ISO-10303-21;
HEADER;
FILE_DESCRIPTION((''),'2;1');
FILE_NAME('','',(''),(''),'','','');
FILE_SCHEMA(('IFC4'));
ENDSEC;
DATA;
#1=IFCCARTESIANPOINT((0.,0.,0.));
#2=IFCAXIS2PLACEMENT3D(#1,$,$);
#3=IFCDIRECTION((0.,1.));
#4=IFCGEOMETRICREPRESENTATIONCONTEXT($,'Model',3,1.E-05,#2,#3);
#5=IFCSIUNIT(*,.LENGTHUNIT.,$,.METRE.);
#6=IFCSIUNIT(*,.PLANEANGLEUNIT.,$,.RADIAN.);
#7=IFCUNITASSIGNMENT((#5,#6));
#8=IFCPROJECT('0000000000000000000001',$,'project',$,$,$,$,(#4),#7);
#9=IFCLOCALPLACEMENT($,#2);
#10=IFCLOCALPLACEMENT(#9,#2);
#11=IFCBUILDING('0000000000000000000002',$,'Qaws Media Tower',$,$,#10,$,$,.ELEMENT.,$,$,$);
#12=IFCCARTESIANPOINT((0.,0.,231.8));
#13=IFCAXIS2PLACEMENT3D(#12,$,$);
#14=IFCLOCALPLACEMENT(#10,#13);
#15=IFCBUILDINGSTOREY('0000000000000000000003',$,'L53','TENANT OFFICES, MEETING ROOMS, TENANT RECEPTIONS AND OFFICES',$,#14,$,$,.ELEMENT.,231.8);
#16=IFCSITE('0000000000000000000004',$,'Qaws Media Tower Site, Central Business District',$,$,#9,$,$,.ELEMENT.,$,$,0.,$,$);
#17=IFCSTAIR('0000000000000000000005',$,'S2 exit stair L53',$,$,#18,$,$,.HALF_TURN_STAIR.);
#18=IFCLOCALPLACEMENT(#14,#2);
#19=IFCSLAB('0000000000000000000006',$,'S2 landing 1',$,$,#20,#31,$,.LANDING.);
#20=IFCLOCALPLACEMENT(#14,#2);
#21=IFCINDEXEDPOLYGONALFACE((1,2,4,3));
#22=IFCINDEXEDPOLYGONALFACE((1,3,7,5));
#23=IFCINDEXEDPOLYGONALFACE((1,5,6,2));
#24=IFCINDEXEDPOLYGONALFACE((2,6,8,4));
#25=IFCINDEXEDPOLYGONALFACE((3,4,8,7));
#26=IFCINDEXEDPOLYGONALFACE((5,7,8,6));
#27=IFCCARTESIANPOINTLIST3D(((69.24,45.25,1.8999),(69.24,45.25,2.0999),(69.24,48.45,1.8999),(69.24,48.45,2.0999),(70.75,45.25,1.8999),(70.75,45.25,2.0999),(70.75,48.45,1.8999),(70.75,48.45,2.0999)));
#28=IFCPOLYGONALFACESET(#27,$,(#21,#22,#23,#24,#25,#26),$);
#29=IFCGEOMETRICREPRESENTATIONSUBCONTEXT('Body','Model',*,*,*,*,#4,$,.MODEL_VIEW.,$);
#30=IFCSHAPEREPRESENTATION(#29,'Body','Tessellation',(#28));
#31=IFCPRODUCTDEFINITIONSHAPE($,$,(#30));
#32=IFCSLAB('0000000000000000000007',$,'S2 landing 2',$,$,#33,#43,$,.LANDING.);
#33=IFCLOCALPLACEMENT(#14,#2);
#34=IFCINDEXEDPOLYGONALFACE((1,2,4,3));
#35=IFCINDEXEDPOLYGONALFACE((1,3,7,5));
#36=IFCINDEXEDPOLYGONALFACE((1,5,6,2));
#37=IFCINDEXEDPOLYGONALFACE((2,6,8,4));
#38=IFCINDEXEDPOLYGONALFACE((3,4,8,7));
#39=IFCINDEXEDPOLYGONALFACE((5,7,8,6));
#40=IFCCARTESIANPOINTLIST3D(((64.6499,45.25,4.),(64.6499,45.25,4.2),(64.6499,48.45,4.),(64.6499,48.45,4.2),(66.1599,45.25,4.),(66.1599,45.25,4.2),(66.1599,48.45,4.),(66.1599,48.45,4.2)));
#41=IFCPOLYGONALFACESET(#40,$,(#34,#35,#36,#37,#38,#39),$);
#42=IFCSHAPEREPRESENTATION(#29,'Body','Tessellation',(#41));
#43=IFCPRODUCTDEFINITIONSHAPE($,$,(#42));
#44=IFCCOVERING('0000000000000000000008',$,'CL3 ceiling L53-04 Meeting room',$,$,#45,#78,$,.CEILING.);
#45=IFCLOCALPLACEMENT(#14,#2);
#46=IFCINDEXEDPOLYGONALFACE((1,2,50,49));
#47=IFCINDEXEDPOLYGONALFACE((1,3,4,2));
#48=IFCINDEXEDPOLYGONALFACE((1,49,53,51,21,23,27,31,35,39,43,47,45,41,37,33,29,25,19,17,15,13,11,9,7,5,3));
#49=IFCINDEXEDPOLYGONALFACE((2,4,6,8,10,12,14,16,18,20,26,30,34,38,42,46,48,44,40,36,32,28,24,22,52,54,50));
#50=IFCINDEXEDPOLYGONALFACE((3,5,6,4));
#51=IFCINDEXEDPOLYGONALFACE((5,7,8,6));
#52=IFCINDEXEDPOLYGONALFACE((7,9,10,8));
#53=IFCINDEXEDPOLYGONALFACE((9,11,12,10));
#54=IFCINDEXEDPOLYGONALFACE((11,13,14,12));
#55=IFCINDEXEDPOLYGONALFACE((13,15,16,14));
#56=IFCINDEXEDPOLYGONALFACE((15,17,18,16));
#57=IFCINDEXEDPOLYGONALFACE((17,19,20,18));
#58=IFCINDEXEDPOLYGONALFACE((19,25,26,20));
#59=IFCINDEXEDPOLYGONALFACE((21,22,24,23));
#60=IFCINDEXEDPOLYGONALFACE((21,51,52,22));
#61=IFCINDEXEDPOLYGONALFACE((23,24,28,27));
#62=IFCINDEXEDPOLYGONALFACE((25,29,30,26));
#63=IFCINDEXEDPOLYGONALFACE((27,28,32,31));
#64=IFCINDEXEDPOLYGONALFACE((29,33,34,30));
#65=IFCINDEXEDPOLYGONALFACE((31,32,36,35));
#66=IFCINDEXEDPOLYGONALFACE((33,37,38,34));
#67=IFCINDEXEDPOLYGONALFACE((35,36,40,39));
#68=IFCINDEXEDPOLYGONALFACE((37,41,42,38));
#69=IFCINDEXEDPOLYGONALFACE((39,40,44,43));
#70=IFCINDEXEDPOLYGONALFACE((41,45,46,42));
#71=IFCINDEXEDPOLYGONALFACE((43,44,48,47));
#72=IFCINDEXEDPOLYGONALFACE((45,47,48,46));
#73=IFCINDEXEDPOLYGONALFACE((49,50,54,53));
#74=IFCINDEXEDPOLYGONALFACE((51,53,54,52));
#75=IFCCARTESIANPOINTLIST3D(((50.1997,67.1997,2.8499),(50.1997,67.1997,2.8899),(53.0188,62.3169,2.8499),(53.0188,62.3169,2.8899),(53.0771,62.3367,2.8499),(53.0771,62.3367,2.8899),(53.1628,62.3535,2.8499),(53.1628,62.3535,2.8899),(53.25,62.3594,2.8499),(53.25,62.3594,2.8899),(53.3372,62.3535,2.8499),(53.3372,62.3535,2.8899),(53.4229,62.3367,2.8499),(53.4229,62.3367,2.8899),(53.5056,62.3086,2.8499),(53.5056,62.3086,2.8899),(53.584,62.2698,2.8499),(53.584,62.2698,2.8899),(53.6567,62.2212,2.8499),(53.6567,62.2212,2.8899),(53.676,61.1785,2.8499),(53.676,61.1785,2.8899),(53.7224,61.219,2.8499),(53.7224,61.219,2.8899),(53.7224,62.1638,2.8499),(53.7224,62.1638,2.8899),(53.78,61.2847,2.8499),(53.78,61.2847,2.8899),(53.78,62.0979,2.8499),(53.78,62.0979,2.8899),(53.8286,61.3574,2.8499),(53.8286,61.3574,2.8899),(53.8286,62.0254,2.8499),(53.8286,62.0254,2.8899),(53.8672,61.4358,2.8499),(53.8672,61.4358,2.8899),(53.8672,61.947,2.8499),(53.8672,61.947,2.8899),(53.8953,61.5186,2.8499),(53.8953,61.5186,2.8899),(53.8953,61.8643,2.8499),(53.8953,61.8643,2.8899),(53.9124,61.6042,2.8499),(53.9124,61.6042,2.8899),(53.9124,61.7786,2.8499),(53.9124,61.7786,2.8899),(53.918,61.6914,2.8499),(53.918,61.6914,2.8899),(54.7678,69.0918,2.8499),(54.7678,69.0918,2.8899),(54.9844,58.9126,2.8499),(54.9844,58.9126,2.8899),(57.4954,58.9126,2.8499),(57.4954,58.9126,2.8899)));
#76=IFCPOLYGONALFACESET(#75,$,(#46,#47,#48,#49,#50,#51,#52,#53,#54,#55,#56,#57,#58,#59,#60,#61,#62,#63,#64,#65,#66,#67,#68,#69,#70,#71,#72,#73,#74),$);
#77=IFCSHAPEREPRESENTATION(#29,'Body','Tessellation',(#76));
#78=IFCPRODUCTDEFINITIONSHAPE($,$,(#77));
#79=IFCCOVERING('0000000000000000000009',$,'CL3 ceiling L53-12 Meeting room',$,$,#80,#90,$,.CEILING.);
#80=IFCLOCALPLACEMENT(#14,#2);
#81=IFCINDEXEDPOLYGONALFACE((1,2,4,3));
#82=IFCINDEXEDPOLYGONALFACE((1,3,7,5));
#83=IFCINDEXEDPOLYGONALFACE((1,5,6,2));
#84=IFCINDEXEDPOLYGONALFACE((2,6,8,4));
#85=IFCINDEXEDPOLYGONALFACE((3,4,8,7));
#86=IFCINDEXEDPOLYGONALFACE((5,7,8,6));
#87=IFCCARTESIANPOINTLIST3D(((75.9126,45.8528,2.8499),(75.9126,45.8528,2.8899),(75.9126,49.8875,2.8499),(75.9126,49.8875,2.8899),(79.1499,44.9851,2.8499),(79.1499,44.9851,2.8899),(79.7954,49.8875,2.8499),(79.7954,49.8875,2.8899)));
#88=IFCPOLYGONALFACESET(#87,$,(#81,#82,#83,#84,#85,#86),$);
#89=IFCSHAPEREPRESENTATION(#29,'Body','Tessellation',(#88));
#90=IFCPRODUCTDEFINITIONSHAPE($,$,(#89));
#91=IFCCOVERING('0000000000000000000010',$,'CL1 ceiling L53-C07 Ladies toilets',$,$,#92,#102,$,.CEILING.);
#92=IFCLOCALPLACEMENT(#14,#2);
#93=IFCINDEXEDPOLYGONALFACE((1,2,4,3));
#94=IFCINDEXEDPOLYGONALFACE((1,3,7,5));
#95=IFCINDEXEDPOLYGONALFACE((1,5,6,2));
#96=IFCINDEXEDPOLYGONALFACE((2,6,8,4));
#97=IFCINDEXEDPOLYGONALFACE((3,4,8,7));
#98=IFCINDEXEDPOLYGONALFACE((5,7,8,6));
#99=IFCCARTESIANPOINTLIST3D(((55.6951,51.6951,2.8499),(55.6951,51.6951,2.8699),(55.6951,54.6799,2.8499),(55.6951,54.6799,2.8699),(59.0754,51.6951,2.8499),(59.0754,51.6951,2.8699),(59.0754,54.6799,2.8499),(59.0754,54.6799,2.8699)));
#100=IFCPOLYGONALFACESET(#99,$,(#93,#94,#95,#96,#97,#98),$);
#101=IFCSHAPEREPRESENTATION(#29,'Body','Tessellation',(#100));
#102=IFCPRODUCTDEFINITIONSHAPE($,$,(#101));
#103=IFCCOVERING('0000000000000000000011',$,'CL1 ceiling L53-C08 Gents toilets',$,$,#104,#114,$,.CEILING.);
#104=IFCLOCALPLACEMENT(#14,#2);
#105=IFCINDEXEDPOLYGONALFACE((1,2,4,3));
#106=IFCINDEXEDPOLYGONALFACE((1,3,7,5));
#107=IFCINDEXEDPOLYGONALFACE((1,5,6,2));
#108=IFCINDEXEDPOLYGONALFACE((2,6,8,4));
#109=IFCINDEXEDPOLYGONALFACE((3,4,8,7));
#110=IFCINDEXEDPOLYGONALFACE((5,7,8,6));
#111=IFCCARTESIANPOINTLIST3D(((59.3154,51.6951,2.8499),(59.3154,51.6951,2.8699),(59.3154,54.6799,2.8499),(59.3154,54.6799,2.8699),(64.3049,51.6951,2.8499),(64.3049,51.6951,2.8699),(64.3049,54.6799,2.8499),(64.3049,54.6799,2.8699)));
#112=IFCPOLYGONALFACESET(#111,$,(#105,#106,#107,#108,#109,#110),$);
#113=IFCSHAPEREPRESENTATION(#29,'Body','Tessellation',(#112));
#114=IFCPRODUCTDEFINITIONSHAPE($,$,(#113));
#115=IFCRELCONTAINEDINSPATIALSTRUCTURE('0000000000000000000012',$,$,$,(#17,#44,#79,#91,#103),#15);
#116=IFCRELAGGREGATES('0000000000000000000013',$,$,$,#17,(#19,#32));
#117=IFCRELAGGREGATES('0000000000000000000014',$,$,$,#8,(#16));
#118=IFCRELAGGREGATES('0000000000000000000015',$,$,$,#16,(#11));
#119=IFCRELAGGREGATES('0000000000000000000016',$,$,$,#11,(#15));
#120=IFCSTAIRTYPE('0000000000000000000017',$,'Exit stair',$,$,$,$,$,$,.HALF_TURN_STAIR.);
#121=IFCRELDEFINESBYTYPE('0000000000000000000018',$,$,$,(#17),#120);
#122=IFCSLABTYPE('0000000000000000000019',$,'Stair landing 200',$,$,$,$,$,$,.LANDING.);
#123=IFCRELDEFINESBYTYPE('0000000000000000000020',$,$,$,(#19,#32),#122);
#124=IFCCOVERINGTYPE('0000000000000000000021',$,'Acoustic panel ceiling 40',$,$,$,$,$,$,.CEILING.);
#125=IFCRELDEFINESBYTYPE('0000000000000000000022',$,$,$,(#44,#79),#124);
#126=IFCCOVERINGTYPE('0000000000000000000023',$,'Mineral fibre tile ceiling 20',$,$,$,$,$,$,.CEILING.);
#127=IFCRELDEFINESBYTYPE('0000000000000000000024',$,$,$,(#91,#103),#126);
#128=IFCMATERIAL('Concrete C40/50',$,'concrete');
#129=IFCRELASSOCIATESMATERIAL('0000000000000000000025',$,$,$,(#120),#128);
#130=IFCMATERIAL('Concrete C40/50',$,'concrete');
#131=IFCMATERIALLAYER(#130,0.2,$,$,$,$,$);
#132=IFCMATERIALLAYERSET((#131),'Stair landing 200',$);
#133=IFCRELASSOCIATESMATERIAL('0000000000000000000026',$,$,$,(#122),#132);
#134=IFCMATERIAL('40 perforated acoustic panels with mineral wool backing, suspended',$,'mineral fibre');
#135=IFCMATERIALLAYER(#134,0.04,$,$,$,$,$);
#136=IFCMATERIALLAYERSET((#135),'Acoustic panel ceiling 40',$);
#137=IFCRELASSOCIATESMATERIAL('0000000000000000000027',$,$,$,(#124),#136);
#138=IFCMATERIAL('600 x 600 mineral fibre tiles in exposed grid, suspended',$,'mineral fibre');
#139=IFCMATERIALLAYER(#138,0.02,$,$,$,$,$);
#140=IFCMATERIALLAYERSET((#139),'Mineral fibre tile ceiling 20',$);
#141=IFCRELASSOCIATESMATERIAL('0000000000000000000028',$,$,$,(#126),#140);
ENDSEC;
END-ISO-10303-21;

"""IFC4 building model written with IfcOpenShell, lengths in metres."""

from ifc_helpers import new_model, si_unit, direction, frame, origin, place, context, subcontext, project, spatial, polyline, outline, extrude, material, layer, layer_set, type_object, element, aggregate, save


model = new_model("IFC4")

# Units and contexts
model_context = context("Model", 3, precision=1e-05, world=origin(), true_north=direction((0.0, 1.0)))
body_context = subcontext(model_context, "Body", "Model", "MODEL_VIEW")
ifc_project = project(units=[si_unit("LENGTHUNIT", "METRE"), si_unit("PLANEANGLEUNIT", "RADIAN")], contexts=[model_context])

# Site, building, storey
site_placement = place(None, origin())
site = spatial("IfcSite", under=ifc_project, at=site_placement, Name="Qaws Media Tower Site, Central Business District", CompositionType="ELEMENT", RefElevation=0.0)
building_placement = place(site_placement, origin())
building = spatial("IfcBuilding", under=site, at=building_placement, Name="Qaws Media Tower", CompositionType="ELEMENT")
storey_placement = place(building_placement, frame((0.0, 0.0, 231.8)))
storey = spatial("IfcBuildingStorey", under=building, at=storey_placement, Name="L53", Description="TENANT OFFICES, MEETING ROOMS, TENANT RECEPTIONS AND OFFICES", CompositionType="ELEMENT", Elevation=231.8)

# Stair, slabs
ifc_material_1 = material(Name="Concrete C40/50", Category="concrete")
stair_type = type_object("IfcStairType", Name="Exit stair", PredefinedType="HALF_TURN_STAIR", material=ifc_material_1)
ifc_material_2 = material(Name="Concrete C40/50", Category="concrete")
ifc_layer_1 = layer(ifc_material_2, 0.2)
ifc_layer_set_1 = layer_set([ifc_layer_1], Name="Stair landing 200")
slab_type = type_object("IfcSlabType", Name="Stair landing 200", PredefinedType="LANDING", material=ifc_layer_set_1)
stair_1_placement = place(storey_placement, origin())
stair_1 = element("IfcStair", 1, at=stair_1_placement, inside=storey, type_object=stair_type, Name="S2 exit stair L53", PredefinedType="HALF_TURN_STAIR")
slab_1_placement = place(storey_placement, frame((0.0, 0.0, 1.8999)))
slab_1 = element("IfcSlab", 2, at=slab_1_placement, type_object=slab_type, Name="S2 landing 1", PredefinedType="LANDING", context=body_context, shape_type="SweptSolid", body=[
    extrude(outline(polyline([(69.24, 45.25), (70.75, 45.25), (70.75, 48.45), (69.24, 48.45), (69.24, 45.25)])), origin(), (0.0, 0.0, 1.0), 0.2),
])
slab_2_placement = place(storey_placement, frame((0.0, 0.0, 4.0)))
slab_2 = element("IfcSlab", 3, at=slab_2_placement, type_object=slab_type, Name="S2 landing 2", PredefinedType="LANDING", context=body_context, shape_type="SweptSolid", body=[
    extrude(outline(polyline([(64.6499, 45.25), (66.1599, 45.25), (66.1599, 48.45), (64.6499, 48.45), (64.6499, 45.25)])), origin(), (0.0, 0.0, 1.0), 0.2),
])
aggregate(stair_1, [slab_1, slab_2])

# Coverings
ifc_material_3 = material(Name="40 perforated acoustic panels with mineral wool backing, suspended", Category="mineral fibre")
ifc_layer_2 = layer(ifc_material_3, 0.04)
ifc_layer_set_2 = layer_set([ifc_layer_2], Name="Acoustic panel ceiling 40")
covering_type_1 = type_object("IfcCoveringType", Name="Acoustic panel ceiling 40", PredefinedType="CEILING", material=ifc_layer_set_2)
covering_1_placement = place(storey_placement, frame((0.0, 0.0, 2.8499)))
element("IfcCovering", 4, at=covering_1_placement, inside=storey, type_object=covering_type_1, Name="CL3 ceiling L53-04 Meeting room", PredefinedType="CEILING", context=body_context, shape_type="SweptSolid", body=[
    extrude(outline(polyline([(54.7678, 69.0918), (57.4954, 58.9126), (54.9844, 58.9126), (53.676, 61.1785), (53.7224, 61.219), (53.78, 61.2847), (53.8286, 61.3574), (53.8672, 61.4358), (53.8953, 61.5186), (53.9124, 61.6042), (53.918, 61.6914), (53.9124, 61.7786), (53.8953, 61.8643), (53.8672, 61.947), (53.8286, 62.0254), (53.78, 62.0979), (53.7224, 62.1638), (53.6567, 62.2212), (53.584, 62.2698), (53.5056, 62.3086), (53.4229, 62.3367), (53.3372, 62.3535), (53.25, 62.3594), (53.1628, 62.3535), (53.0771, 62.3367), (53.0188, 62.3169), (50.1997, 67.1997), (54.7678, 69.0918)])), origin(), (0.0, 0.0, 1.0), 0.04),
])
covering_2_placement = place(storey_placement, frame((0.0, 0.0, 2.8499)))
element("IfcCovering", 5, at=covering_2_placement, inside=storey, type_object=covering_type_1, Name="CL3 ceiling L53-12 Meeting room", PredefinedType="CEILING", context=body_context, shape_type="SweptSolid", body=[
    extrude(outline(polyline([(79.1499, 44.9851), (75.9126, 45.8528), (75.9126, 49.8875), (79.7954, 49.8875), (79.1499, 44.9851)])), origin(), (0.0, 0.0, 1.0), 0.04),
])
ifc_material_4 = material(Name="600 x 600 mineral fibre tiles in exposed grid, suspended", Category="mineral fibre")
ifc_layer_3 = layer(ifc_material_4, 0.02)
ifc_layer_set_3 = layer_set([ifc_layer_3], Name="Mineral fibre tile ceiling 20")
covering_type_2 = type_object("IfcCoveringType", Name="Mineral fibre tile ceiling 20", PredefinedType="CEILING", material=ifc_layer_set_3)
covering_3_placement = place(storey_placement, frame((0.0, 0.0, 2.8499)))
element("IfcCovering", 6, at=covering_3_placement, inside=storey, type_object=covering_type_2, Name="CL1 ceiling L53-C07 Ladies toilets", PredefinedType="CEILING", context=body_context, shape_type="SweptSolid", body=[
    extrude(outline(polyline([(55.6951, 51.6951), (55.6951, 54.6799), (59.0754, 54.6799), (59.0754, 51.6951), (55.6951, 51.6951)])), origin(), (0.0, 0.0, 1.0), 0.02),
])
covering_4_placement = place(storey_placement, frame((0.0, 0.0, 2.8499)))
element("IfcCovering", 7, at=covering_4_placement, inside=storey, type_object=covering_type_2, Name="CL1 ceiling L53-C08 Gents toilets", PredefinedType="CEILING", context=body_context, shape_type="SweptSolid", body=[
    extrude(outline(polyline([(59.3154, 51.6951), (59.3154, 54.6799), (64.3049, 54.6799), (64.3049, 51.6951), (59.3154, 51.6951)])), origin(), (0.0, 0.0, 1.0), 0.02),
])

save(model, "model.ifc")
